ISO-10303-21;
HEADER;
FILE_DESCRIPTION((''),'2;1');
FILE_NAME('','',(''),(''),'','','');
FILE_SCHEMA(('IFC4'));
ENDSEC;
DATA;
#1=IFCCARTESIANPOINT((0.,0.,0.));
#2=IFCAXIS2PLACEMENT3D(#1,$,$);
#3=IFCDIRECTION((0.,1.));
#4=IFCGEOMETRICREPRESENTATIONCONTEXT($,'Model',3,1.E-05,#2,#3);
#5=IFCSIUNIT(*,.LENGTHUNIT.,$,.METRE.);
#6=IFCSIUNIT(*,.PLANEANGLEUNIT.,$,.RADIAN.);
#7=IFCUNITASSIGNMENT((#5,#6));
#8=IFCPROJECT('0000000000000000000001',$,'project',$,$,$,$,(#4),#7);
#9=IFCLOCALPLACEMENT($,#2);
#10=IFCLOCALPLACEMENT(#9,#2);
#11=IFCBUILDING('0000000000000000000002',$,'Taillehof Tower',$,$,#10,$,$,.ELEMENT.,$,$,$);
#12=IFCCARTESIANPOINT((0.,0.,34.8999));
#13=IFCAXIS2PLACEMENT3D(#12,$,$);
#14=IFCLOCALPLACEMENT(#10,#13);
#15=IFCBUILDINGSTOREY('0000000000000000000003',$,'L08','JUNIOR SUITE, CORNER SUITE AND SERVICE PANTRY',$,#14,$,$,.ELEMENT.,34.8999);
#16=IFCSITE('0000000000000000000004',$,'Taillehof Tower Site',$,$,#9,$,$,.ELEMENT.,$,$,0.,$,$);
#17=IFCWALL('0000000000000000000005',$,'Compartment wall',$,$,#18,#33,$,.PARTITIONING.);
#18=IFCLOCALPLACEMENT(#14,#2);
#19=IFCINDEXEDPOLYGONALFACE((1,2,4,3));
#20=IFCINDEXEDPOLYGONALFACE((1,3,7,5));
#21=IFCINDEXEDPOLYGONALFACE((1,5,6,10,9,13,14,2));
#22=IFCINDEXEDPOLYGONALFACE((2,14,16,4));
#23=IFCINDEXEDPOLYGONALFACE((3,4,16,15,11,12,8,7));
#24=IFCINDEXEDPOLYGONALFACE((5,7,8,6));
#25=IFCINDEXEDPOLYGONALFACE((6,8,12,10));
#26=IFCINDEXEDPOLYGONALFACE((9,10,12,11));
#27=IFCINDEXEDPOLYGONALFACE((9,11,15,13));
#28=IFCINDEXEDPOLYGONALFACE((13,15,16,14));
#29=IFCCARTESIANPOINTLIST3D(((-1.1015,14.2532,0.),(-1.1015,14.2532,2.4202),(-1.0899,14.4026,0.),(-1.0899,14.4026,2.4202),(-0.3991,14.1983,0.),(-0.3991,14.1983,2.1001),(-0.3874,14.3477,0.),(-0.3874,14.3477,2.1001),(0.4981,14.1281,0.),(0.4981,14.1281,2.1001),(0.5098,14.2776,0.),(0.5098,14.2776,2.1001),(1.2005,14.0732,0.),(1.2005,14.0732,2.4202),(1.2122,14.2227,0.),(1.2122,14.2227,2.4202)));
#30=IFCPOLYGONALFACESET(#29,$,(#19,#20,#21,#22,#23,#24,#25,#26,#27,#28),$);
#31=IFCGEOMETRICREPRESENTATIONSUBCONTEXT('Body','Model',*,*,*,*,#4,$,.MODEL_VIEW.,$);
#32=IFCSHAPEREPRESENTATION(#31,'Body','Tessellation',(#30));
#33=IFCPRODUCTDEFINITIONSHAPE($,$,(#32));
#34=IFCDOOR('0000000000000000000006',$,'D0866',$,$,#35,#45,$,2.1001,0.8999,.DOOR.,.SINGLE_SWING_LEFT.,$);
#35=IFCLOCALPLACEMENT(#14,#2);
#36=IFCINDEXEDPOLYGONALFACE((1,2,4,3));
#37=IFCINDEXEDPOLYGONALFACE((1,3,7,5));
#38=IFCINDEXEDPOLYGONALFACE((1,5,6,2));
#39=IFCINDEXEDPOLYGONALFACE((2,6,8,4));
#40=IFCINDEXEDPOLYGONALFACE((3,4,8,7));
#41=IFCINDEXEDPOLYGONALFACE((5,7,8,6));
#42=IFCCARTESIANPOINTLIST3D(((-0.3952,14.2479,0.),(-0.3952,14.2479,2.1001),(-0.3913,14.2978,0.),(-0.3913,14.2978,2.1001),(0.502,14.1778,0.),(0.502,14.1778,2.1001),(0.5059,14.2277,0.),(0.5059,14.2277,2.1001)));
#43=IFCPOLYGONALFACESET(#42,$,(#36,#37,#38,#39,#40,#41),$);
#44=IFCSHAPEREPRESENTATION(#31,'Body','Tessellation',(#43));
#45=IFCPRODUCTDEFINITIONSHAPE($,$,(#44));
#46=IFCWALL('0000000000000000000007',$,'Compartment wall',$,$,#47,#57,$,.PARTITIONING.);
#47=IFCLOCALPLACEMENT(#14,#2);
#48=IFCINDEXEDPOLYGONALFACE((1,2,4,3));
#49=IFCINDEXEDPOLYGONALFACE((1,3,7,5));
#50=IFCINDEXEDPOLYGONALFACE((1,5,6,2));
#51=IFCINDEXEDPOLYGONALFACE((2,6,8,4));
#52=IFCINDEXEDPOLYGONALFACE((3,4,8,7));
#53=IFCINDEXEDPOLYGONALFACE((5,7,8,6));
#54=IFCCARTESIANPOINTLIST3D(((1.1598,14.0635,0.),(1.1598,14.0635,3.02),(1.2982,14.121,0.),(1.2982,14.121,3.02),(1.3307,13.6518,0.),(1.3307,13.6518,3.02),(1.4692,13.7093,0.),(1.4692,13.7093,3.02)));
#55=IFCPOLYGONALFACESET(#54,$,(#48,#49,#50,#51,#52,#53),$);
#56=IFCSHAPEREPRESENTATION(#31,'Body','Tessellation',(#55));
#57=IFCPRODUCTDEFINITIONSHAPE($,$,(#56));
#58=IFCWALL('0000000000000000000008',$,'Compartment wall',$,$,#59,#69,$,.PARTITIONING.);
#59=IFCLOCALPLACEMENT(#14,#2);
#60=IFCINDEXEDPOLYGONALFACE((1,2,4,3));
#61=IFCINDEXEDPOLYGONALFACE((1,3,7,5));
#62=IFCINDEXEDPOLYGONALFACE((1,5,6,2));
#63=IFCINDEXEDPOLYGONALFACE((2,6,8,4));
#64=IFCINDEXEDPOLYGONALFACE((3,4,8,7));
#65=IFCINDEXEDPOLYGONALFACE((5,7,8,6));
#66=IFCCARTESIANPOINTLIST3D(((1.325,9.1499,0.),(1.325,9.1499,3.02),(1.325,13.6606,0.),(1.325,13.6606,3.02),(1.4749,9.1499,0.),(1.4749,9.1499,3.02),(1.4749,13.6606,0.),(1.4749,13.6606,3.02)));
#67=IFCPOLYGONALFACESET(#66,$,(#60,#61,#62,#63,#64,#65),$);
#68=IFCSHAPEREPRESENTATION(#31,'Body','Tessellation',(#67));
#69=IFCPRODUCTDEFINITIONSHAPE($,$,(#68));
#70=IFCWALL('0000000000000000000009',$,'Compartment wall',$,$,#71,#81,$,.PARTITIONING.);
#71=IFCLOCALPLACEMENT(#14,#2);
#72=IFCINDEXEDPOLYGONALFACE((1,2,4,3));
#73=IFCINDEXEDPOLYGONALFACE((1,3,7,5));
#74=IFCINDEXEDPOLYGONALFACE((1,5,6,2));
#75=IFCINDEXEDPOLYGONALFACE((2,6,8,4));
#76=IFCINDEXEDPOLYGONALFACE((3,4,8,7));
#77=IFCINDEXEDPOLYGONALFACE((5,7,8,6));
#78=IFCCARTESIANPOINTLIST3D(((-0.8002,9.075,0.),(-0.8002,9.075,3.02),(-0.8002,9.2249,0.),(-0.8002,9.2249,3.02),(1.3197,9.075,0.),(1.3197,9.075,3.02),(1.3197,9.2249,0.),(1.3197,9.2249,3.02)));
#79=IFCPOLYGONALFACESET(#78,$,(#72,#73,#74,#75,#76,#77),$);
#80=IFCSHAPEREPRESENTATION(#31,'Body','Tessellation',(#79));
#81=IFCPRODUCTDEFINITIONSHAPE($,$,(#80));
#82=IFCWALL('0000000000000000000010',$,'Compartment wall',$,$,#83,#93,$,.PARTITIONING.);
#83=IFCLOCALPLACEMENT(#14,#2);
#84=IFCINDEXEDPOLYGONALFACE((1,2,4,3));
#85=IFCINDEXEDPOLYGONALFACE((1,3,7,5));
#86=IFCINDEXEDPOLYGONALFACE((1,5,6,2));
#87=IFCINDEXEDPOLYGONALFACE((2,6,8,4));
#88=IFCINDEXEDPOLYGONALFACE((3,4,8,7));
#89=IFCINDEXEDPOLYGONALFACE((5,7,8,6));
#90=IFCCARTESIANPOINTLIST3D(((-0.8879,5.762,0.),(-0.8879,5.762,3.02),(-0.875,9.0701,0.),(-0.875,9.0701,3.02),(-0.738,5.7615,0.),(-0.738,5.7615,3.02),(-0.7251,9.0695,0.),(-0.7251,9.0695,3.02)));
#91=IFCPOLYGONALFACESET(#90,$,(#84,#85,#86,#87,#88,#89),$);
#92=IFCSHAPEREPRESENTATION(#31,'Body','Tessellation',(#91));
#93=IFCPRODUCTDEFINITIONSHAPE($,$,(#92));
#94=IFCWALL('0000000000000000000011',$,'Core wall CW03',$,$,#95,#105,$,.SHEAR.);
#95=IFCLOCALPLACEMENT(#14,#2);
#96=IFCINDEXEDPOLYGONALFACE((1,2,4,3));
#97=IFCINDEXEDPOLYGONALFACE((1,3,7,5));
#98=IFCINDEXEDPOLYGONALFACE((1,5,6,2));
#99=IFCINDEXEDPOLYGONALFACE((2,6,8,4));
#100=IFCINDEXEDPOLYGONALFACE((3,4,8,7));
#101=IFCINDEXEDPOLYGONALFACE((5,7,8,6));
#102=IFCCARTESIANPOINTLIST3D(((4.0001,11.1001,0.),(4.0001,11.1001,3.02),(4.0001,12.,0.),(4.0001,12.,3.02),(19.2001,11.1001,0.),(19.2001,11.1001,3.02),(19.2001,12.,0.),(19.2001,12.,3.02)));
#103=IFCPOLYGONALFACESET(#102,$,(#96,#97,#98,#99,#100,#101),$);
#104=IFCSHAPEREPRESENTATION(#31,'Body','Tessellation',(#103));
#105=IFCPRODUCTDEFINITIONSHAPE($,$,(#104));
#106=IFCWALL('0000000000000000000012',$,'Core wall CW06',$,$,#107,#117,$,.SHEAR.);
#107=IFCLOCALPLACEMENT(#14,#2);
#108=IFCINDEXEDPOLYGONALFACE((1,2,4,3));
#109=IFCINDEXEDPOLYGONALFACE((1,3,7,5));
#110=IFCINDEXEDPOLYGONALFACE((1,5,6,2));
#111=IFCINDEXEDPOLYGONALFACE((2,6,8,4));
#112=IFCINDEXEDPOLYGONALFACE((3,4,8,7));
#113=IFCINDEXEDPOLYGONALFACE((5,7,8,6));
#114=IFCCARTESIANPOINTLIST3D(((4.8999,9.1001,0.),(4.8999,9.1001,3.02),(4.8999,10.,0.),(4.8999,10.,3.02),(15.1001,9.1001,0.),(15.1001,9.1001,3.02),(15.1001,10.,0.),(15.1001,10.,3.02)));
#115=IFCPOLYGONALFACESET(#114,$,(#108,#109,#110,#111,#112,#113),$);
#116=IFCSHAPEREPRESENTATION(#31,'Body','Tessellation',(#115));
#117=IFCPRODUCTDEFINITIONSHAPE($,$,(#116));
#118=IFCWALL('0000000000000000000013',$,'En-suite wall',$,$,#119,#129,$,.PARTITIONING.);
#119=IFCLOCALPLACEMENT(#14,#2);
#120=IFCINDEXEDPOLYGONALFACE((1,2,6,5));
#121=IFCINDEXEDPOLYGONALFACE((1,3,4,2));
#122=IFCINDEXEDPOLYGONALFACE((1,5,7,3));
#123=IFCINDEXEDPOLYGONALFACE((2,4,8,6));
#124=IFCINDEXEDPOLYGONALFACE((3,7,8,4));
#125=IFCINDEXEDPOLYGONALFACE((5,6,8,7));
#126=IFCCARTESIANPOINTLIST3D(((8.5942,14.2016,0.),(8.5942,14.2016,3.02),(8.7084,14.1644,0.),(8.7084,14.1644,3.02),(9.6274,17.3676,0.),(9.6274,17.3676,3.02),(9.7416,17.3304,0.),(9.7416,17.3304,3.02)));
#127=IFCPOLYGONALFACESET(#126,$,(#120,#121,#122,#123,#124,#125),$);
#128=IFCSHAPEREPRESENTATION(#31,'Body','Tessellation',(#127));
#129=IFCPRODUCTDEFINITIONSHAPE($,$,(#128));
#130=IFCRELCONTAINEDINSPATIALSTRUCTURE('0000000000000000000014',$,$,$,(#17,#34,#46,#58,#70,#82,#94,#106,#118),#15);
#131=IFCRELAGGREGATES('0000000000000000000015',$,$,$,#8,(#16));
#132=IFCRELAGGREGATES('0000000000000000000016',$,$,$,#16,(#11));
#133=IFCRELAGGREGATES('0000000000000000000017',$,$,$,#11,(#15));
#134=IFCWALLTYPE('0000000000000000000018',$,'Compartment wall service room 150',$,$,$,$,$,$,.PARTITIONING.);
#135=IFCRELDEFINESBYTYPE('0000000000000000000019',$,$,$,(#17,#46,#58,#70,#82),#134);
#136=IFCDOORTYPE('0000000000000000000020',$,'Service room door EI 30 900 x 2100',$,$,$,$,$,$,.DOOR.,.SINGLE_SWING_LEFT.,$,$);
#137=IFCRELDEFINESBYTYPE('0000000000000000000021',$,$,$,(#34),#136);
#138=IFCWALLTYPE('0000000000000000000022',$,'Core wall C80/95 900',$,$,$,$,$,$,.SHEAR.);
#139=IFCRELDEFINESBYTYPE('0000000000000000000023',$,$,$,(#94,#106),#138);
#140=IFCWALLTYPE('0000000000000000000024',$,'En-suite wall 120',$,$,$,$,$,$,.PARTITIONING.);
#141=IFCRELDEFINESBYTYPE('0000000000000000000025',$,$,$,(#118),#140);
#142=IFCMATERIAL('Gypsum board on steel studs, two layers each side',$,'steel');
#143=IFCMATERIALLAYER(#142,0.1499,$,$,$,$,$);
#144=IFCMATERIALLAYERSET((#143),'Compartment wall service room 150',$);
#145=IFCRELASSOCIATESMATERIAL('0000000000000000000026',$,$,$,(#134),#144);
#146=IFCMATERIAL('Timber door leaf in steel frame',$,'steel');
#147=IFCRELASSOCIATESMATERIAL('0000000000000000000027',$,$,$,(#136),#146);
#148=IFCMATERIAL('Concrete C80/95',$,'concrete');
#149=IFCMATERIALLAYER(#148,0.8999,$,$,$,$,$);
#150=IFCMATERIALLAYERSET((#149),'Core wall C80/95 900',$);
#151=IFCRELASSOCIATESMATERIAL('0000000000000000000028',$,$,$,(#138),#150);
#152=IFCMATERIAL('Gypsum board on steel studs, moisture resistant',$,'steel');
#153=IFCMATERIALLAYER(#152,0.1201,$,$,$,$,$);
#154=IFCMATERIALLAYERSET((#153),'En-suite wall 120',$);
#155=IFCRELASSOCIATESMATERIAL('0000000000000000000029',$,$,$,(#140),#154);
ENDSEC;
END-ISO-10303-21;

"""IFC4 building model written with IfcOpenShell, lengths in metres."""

from ifc_helpers import new_model, si_unit, direction, frame, frame_2d, origin, place, context, subcontext, project, spatial, rectangle, extrude, material, layer, layer_set, type_object, element, fill, save


model = new_model("IFC4")

# Units and contexts
model_context = context("Model", 3, precision=1e-05, world=origin(), true_north=direction((0.0, 1.0)))
body_context = subcontext(model_context, "Body", "Model", "MODEL_VIEW")
ifc_project = project(units=[si_unit("LENGTHUNIT", "METRE"), si_unit("PLANEANGLEUNIT", "RADIAN")], contexts=[model_context])

# Site, building, storey
site_placement = place(None, origin())
site = spatial("IfcSite", under=ifc_project, at=site_placement, Name="Taillehof Tower Site", CompositionType="ELEMENT", RefElevation=0.0)
building_placement = place(site_placement, origin())
building = spatial("IfcBuilding", under=site, at=building_placement, Name="Taillehof Tower", CompositionType="ELEMENT")
storey_placement = place(building_placement, frame((0.0, 0.0, 34.8999)))
storey = spatial("IfcBuildingStorey", under=building, at=storey_placement, Name="L08", Description="JUNIOR SUITE, CORNER SUITE AND SERVICE PANTRY", CompositionType="ELEMENT", Elevation=34.8999)

# Wall, opening, door
ifc_material_1 = material(Name="Gypsum board on steel studs, two layers each side", Category="steel")
ifc_layer_1 = layer(ifc_material_1, 0.1499)
ifc_layer_set_1 = layer_set([ifc_layer_1], Name="Compartment wall service room 150")
wall_type_1 = type_object("IfcWallType", Name="Compartment wall service room 150", PredefinedType="PARTITIONING", material=ifc_layer_set_1)
wall_1_placement = place(storey_placement, frame((-1.0957, 14.3279, 0.0), z_axis=(0.0, 0.0, 1.0), x_axis=(0.996959, -0.077925, 0.0)))
wall_1 = element("IfcWall", 1, at=wall_1_placement, inside=storey, type_object=wall_type_1, Name="Compartment wall", PredefinedType="PARTITIONING", context=body_context, shape_type="SweptSolid", body=[
    extrude(rectangle(XDim=2.3091, YDim=0.1499, at=frame_2d((1.1545, 0.0))), origin(), (0.0, 0.0, 1.0), 2.4202),
])
opening_1_placement = place(wall_1_placement, frame((0.7046, 0.0, 0.0)))
opening_1 = element("IfcOpeningElement", 2, at=opening_1_placement, cuts=wall_1, PredefinedType="OPENING", context=body_context, shape_type="SweptSolid", body=[
    extrude(rectangle(XDim=0.8999, YDim=2.1001, at=frame_2d((0.45, 1.05))), frame((0.0, 0.085, 0.0), z_axis=(0.0, -1.0, 0.0), x_axis=(1.0, 0.0, 0.0)), (0.0, 0.0, 1.0), 0.1699),
])
ifc_material_2 = material(Name="Timber door leaf in steel frame", Category="steel")
door_type_1 = type_object("IfcDoorType", Name="Service room door EI 30 900 x 2100", OperationType="SINGLE_SWING_LEFT", PredefinedType="DOOR", material=ifc_material_2)
door_1_placement = place(opening_1_placement, origin())
door_1 = element("IfcDoor", 3, at=door_1_placement, inside=storey, type_object=door_type_1, Name="D0866", OperationType="SINGLE_SWING_LEFT", OverallHeight=2.1001, OverallWidth=0.8999, PredefinedType="DOOR", context=body_context, shape_type="SweptSolid", body=[
    extrude(rectangle(XDim=0.8999, YDim=2.1001, at=frame_2d((0.45, 1.05))), frame((0.0, 0.0249, 0.0), z_axis=(0.0, -1.0, 0.0), x_axis=(1.0, 0.0, 0.0)), (0.0, 0.0, 1.0), 0.05),
])
fill(opening_1, door_1)

# Walls
wall_2_placement = place(storey_placement, frame((1.229, 14.0923, 0.0), z_axis=(0.0, 0.0, 1.0), x_axis=(0.383448, -0.923562, 0.0)))
element("IfcWall", 4, at=wall_2_placement, inside=storey, type_object=wall_type_1, Name="Compartment wall", PredefinedType="PARTITIONING", context=body_context, shape_type="SweptSolid", body=[
    extrude(rectangle(XDim=0.4458, YDim=0.1499, at=frame_2d((0.2229, 0.0))), origin(), (0.0, 0.0, 1.0), 3.02),
])
wall_3_placement = place(storey_placement, frame((1.3999, 13.6606, 0.0), z_axis=(0.0, 0.0, 1.0), x_axis=(0.0, -1.0, 0.0)))
element("IfcWall", 5, at=wall_3_placement, inside=storey, type_object=wall_type_1, Name="Compartment wall", PredefinedType="PARTITIONING", context=body_context, shape_type="SweptSolid", body=[
    extrude(rectangle(XDim=4.5107, YDim=0.1499, at=frame_2d((2.2554, 0.0))), origin(), (0.0, 0.0, 1.0), 3.02),
])
wall_4_placement = place(storey_placement, frame((1.3198, 9.1499, 0.0), z_axis=(0.0, 0.0, 1.0), x_axis=(-1.0, 0.0, 0.0)))
element("IfcWall", 6, at=wall_4_placement, inside=storey, type_object=wall_type_1, Name="Compartment wall", PredefinedType="PARTITIONING", context=body_context, shape_type="SweptSolid", body=[
    extrude(rectangle(XDim=2.1199, YDim=0.1499, at=frame_2d((1.0601, 0.0))), origin(), (0.0, 0.0, 1.0), 3.02),
])
wall_5_placement = place(storey_placement, frame((-0.8, 9.0698, 0.0), z_axis=(0.0, 0.0, 1.0), x_axis=(-0.003911, -0.999992, 0.0)))
element("IfcWall", 7, at=wall_5_placement, inside=storey, type_object=wall_type_1, Name="Compartment wall", PredefinedType="PARTITIONING", context=body_context, shape_type="SweptSolid", body=[
    extrude(rectangle(XDim=3.3081, YDim=0.1499, at=frame_2d((1.6541, 0.0))), origin(), (0.0, 0.0, 1.0), 3.02),
])
ifc_material_3 = material(Name="Concrete C80/95", Category="concrete")
ifc_layer_2 = layer(ifc_material_3, 0.8999)
ifc_layer_set_2 = layer_set([ifc_layer_2], Name="Core wall C80/95 900")
wall_type_2 = type_object("IfcWallType", Name="Core wall C80/95 900", PredefinedType="SHEAR", material=ifc_layer_set_2)
wall_6_placement = place(storey_placement, frame((4.0, 11.55, 0.0), z_axis=(0.0, 0.0, 1.0), x_axis=(1.0, 0.0, 0.0)))
element("IfcWall", 8, at=wall_6_placement, inside=storey, type_object=wall_type_2, Name="Core wall CW03", PredefinedType="SHEAR", context=body_context, shape_type="SweptSolid", body=[
    extrude(rectangle(XDim=15.2, YDim=0.8999, at=frame_2d((7.6001, 0.0))), origin(), (0.0, 0.0, 1.0), 3.02),
])
wall_7_placement = place(storey_placement, frame((4.8999, 9.55, 0.0), z_axis=(0.0, 0.0, 1.0), x_axis=(1.0, 0.0, 0.0)))
element("IfcWall", 9, at=wall_7_placement, inside=storey, type_object=wall_type_2, Name="Core wall CW06", PredefinedType="SHEAR", context=body_context, shape_type="SweptSolid", body=[
    extrude(rectangle(XDim=10.2002, YDim=0.8999, at=frame_2d((5.1001, 0.0))), origin(), (0.0, 0.0, 1.0), 3.02),
])
ifc_material_4 = material(Name="Gypsum board on steel studs, moisture resistant", Category="steel")
ifc_layer_3 = layer(ifc_material_4, 0.1201)
ifc_layer_set_3 = layer_set([ifc_layer_3], Name="En-suite wall 120")
wall_type_3 = type_object("IfcWallType", Name="En-suite wall 120", PredefinedType="PARTITIONING", material=ifc_layer_set_3)
wall_8_placement = place(storey_placement, frame((8.6514, 14.1831, 0.0), z_axis=(0.0, 0.0, 1.0), x_axis=(0.31024, 0.950658, 0.0)))
element("IfcWall", 10, at=wall_8_placement, inside=storey, type_object=wall_type_3, Name="En-suite wall", PredefinedType="PARTITIONING", context=body_context, shape_type="SweptSolid", body=[
    extrude(rectangle(XDim=3.3303, YDim=0.1201, at=frame_2d((1.665, 0.0))), origin(), (0.0, 0.0, 1.0), 3.02),
])

save(model, "model.ifc")
